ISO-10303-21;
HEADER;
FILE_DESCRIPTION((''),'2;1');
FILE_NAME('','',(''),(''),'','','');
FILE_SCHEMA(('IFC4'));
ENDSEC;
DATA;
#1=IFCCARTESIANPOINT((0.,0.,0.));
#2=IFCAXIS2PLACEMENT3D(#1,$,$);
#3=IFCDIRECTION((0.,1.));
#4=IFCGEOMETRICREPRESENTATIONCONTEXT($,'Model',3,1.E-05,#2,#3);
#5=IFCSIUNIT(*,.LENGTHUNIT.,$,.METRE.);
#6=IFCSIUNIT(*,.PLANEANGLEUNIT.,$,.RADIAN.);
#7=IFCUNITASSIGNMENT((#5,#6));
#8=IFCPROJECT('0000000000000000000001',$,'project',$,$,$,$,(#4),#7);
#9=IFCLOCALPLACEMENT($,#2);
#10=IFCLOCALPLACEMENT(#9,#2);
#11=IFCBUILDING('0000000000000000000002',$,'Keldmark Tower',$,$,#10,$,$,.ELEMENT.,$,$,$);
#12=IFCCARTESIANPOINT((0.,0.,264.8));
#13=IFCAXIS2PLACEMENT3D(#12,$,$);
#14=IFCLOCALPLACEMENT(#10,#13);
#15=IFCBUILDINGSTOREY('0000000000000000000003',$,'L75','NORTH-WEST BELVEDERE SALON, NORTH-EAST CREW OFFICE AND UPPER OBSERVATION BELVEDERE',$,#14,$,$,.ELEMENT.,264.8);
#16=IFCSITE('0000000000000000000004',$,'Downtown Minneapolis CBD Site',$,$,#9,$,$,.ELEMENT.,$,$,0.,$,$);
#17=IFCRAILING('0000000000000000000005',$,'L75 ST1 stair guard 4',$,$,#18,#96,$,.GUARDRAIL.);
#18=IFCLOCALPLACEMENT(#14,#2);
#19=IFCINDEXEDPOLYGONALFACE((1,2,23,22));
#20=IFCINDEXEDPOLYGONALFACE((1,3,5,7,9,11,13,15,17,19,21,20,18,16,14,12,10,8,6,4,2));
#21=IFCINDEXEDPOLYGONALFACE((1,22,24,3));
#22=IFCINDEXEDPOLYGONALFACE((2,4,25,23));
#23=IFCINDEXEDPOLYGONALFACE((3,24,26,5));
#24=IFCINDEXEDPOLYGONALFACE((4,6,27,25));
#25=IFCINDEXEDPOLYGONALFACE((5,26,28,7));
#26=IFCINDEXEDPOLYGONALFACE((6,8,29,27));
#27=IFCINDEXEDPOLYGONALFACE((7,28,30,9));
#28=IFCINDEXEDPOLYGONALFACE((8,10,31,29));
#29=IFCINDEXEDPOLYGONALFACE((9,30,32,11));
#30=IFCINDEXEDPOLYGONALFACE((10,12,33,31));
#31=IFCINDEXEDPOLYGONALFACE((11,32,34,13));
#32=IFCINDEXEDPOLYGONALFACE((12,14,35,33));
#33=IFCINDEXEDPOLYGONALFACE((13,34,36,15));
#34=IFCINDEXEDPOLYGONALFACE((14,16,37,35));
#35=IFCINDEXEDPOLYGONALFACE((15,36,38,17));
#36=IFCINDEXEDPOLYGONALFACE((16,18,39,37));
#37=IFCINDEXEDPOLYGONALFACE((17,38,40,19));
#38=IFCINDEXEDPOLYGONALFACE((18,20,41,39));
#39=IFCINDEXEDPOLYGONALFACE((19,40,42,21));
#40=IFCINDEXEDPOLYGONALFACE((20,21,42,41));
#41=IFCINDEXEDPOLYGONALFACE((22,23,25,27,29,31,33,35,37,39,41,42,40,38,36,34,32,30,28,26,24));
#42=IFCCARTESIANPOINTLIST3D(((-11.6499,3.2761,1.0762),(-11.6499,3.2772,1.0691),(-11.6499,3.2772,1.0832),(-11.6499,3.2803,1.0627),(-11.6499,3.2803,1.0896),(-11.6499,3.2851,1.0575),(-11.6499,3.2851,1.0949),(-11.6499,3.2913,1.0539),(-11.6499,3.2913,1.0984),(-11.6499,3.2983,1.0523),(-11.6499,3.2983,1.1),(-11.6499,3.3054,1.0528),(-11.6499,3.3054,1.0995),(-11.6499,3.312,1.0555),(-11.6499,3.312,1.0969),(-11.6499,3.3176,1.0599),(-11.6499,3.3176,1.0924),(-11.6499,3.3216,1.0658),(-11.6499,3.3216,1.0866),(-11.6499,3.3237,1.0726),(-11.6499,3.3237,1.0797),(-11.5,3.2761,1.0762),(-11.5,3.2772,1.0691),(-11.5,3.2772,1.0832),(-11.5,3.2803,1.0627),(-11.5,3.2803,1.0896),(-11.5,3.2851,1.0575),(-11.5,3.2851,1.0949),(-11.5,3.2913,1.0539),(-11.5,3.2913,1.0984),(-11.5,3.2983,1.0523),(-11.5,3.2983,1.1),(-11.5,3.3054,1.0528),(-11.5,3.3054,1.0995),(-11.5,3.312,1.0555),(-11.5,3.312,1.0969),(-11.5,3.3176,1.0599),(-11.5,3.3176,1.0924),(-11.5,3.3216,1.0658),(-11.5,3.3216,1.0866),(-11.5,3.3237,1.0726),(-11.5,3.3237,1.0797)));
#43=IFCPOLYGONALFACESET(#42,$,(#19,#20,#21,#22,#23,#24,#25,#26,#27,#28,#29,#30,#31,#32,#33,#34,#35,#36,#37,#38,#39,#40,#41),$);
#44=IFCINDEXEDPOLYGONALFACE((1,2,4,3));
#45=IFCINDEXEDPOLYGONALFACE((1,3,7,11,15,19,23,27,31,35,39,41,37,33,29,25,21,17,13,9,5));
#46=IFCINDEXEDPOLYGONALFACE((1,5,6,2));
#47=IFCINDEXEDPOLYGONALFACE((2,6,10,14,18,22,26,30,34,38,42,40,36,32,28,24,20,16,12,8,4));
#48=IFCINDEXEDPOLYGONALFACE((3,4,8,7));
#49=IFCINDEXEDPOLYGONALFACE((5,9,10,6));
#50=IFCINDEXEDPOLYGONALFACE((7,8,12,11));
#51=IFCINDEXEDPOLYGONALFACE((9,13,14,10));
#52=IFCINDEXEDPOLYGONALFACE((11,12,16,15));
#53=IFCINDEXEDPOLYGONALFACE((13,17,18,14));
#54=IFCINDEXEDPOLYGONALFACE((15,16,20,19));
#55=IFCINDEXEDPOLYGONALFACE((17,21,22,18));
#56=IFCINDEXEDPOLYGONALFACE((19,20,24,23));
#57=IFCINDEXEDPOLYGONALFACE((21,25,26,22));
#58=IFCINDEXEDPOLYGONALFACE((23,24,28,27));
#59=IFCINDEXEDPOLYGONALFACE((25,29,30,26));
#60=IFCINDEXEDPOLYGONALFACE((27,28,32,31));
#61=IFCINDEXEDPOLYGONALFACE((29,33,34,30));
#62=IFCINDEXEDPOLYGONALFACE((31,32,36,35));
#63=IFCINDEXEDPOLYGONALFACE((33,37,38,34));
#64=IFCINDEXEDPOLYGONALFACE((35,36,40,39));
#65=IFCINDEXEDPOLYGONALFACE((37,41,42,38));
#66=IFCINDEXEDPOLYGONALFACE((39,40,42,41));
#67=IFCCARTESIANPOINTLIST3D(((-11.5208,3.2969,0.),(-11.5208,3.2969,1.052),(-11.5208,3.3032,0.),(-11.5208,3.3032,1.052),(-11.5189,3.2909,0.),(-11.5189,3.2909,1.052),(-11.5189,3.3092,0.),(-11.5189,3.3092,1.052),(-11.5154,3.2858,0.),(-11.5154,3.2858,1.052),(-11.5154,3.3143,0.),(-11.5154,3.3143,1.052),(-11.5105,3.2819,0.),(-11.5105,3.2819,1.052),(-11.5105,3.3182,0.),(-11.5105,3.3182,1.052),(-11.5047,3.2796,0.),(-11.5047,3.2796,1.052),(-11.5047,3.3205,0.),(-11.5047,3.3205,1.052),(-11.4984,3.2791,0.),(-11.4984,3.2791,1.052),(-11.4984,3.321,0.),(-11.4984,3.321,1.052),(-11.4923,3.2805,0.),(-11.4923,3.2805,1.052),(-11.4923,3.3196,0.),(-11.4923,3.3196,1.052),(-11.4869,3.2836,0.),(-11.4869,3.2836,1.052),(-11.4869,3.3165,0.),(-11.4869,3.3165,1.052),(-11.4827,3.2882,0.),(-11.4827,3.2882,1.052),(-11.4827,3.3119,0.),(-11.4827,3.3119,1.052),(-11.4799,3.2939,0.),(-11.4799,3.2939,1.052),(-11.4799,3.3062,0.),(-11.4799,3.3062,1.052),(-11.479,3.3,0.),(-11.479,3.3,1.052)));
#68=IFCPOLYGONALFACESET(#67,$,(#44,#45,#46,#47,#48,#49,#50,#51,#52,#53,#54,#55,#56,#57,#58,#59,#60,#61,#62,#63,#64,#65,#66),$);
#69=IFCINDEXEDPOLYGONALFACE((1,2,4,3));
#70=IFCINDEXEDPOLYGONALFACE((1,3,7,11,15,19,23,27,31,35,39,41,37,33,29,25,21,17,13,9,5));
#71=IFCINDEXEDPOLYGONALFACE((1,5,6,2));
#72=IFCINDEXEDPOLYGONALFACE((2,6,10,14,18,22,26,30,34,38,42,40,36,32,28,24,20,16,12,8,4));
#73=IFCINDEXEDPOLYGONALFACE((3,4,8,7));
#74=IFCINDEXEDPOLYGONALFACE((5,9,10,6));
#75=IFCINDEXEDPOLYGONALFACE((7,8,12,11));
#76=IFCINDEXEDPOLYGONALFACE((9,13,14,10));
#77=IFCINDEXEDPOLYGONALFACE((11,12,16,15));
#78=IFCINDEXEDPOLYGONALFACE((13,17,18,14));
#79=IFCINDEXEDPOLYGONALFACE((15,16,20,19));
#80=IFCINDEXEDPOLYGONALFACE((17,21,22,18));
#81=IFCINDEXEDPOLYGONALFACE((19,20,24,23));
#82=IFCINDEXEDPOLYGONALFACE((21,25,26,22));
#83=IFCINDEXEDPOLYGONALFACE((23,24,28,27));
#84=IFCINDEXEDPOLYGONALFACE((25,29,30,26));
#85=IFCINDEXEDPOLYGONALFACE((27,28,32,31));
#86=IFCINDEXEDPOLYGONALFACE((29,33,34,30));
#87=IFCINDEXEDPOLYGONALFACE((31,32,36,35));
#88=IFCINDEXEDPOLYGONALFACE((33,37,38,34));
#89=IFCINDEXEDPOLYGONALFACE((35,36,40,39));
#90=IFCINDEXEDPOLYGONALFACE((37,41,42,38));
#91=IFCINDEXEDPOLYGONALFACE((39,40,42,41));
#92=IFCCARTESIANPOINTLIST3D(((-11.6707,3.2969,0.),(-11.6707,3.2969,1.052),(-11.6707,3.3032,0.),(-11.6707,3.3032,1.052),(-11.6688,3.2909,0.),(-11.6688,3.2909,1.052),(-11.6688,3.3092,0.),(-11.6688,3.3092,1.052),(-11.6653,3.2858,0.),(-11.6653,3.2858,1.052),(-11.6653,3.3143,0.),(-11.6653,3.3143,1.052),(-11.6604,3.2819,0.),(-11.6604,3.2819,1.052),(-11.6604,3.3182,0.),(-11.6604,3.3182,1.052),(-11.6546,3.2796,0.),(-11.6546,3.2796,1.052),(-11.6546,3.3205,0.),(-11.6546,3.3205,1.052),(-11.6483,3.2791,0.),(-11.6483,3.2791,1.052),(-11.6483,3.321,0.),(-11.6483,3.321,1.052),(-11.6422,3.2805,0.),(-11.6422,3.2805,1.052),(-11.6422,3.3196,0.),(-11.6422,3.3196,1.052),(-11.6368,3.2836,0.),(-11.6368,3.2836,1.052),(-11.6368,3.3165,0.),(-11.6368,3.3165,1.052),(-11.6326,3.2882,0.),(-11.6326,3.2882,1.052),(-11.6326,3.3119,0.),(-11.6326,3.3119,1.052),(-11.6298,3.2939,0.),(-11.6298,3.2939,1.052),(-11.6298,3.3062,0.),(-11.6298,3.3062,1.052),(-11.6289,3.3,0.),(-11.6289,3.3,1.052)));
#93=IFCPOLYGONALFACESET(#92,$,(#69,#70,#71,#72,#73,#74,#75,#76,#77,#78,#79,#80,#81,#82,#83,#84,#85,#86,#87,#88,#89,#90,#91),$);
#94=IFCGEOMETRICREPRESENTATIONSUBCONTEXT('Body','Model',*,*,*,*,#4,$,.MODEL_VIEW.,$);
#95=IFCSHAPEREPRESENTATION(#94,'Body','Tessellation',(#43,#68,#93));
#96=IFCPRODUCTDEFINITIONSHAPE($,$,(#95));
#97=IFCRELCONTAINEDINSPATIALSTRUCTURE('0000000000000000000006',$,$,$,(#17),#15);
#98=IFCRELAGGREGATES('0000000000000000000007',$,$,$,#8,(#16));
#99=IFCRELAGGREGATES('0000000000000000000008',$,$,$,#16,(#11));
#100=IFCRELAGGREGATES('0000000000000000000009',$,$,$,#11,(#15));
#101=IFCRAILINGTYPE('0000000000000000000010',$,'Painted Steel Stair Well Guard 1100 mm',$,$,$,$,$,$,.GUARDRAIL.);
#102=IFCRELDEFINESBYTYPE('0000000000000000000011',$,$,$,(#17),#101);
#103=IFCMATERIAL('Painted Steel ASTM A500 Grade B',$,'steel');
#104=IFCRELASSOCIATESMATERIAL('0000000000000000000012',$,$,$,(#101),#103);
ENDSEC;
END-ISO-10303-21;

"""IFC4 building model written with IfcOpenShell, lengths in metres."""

from ifc_helpers import new_model, si_unit, direction, frame, origin, origin_2d, place, context, subcontext, project, spatial, circle, extrude, material, type_object, element, save


model = new_model("IFC4")

# Units and contexts
model_context = context("Model", 3, precision=1e-05, world=origin(), true_north=direction((0.0, 1.0)))
body_context = subcontext(model_context, "Body", "Model", "MODEL_VIEW")
ifc_project = project(units=[si_unit("LENGTHUNIT", "METRE"), si_unit("PLANEANGLEUNIT", "RADIAN")], contexts=[model_context])

# Site, building, storey
site_placement = place(None, origin())
site = spatial("IfcSite", under=ifc_project, at=site_placement, Name="Downtown Minneapolis CBD Site", CompositionType="ELEMENT", RefElevation=0.0)
building_placement = place(site_placement, origin())
building = spatial("IfcBuilding", under=site, at=building_placement, Name="Keldmark Tower", CompositionType="ELEMENT")
storey_placement = place(building_placement, frame((0.0, 0.0, 264.8)))
storey = spatial("IfcBuildingStorey", under=building, at=storey_placement, Name="L75", Description="NORTH-WEST BELVEDERE SALON, NORTH-EAST CREW OFFICE AND UPPER OBSERVATION BELVEDERE", CompositionType="ELEMENT", Elevation=264.8)

# Railing
ifc_material_1 = material(Name="Painted Steel ASTM A500 Grade B", Category="steel")
railing_type = type_object("IfcRailingType", Name="Painted Steel Stair Well Guard 1100 mm", PredefinedType="GUARDRAIL", material=ifc_material_1)
railing_1_placement = place(storey_placement, frame((-11.5, 3.3, 0.0)))
element("IfcRailing", 1, at=railing_1_placement, inside=storey, type_object=railing_type, Name="L75 ST1 stair guard 4", PredefinedType="GUARDRAIL", context=body_context, shape_type="SweptSolid", body=[
    extrude(circle(Radius=0.0239, at=origin_2d()), frame((0.0, 0.0, 1.0762), z_axis=(-1.0, 0.0, 0.0), x_axis=(0.0, -1.0, 0.0)), (0.0, 0.0, 1.0), 0.1499),
    extrude(circle(Radius=0.021, at=origin_2d()), origin(), (0.0, 0.0, 1.0), 1.052),
    extrude(circle(Radius=0.021, at=origin_2d()), frame((-0.1499, 0.0, 0.0)), (0.0, 0.0, 1.0), 1.052),
])

save(model, "model.ifc")
